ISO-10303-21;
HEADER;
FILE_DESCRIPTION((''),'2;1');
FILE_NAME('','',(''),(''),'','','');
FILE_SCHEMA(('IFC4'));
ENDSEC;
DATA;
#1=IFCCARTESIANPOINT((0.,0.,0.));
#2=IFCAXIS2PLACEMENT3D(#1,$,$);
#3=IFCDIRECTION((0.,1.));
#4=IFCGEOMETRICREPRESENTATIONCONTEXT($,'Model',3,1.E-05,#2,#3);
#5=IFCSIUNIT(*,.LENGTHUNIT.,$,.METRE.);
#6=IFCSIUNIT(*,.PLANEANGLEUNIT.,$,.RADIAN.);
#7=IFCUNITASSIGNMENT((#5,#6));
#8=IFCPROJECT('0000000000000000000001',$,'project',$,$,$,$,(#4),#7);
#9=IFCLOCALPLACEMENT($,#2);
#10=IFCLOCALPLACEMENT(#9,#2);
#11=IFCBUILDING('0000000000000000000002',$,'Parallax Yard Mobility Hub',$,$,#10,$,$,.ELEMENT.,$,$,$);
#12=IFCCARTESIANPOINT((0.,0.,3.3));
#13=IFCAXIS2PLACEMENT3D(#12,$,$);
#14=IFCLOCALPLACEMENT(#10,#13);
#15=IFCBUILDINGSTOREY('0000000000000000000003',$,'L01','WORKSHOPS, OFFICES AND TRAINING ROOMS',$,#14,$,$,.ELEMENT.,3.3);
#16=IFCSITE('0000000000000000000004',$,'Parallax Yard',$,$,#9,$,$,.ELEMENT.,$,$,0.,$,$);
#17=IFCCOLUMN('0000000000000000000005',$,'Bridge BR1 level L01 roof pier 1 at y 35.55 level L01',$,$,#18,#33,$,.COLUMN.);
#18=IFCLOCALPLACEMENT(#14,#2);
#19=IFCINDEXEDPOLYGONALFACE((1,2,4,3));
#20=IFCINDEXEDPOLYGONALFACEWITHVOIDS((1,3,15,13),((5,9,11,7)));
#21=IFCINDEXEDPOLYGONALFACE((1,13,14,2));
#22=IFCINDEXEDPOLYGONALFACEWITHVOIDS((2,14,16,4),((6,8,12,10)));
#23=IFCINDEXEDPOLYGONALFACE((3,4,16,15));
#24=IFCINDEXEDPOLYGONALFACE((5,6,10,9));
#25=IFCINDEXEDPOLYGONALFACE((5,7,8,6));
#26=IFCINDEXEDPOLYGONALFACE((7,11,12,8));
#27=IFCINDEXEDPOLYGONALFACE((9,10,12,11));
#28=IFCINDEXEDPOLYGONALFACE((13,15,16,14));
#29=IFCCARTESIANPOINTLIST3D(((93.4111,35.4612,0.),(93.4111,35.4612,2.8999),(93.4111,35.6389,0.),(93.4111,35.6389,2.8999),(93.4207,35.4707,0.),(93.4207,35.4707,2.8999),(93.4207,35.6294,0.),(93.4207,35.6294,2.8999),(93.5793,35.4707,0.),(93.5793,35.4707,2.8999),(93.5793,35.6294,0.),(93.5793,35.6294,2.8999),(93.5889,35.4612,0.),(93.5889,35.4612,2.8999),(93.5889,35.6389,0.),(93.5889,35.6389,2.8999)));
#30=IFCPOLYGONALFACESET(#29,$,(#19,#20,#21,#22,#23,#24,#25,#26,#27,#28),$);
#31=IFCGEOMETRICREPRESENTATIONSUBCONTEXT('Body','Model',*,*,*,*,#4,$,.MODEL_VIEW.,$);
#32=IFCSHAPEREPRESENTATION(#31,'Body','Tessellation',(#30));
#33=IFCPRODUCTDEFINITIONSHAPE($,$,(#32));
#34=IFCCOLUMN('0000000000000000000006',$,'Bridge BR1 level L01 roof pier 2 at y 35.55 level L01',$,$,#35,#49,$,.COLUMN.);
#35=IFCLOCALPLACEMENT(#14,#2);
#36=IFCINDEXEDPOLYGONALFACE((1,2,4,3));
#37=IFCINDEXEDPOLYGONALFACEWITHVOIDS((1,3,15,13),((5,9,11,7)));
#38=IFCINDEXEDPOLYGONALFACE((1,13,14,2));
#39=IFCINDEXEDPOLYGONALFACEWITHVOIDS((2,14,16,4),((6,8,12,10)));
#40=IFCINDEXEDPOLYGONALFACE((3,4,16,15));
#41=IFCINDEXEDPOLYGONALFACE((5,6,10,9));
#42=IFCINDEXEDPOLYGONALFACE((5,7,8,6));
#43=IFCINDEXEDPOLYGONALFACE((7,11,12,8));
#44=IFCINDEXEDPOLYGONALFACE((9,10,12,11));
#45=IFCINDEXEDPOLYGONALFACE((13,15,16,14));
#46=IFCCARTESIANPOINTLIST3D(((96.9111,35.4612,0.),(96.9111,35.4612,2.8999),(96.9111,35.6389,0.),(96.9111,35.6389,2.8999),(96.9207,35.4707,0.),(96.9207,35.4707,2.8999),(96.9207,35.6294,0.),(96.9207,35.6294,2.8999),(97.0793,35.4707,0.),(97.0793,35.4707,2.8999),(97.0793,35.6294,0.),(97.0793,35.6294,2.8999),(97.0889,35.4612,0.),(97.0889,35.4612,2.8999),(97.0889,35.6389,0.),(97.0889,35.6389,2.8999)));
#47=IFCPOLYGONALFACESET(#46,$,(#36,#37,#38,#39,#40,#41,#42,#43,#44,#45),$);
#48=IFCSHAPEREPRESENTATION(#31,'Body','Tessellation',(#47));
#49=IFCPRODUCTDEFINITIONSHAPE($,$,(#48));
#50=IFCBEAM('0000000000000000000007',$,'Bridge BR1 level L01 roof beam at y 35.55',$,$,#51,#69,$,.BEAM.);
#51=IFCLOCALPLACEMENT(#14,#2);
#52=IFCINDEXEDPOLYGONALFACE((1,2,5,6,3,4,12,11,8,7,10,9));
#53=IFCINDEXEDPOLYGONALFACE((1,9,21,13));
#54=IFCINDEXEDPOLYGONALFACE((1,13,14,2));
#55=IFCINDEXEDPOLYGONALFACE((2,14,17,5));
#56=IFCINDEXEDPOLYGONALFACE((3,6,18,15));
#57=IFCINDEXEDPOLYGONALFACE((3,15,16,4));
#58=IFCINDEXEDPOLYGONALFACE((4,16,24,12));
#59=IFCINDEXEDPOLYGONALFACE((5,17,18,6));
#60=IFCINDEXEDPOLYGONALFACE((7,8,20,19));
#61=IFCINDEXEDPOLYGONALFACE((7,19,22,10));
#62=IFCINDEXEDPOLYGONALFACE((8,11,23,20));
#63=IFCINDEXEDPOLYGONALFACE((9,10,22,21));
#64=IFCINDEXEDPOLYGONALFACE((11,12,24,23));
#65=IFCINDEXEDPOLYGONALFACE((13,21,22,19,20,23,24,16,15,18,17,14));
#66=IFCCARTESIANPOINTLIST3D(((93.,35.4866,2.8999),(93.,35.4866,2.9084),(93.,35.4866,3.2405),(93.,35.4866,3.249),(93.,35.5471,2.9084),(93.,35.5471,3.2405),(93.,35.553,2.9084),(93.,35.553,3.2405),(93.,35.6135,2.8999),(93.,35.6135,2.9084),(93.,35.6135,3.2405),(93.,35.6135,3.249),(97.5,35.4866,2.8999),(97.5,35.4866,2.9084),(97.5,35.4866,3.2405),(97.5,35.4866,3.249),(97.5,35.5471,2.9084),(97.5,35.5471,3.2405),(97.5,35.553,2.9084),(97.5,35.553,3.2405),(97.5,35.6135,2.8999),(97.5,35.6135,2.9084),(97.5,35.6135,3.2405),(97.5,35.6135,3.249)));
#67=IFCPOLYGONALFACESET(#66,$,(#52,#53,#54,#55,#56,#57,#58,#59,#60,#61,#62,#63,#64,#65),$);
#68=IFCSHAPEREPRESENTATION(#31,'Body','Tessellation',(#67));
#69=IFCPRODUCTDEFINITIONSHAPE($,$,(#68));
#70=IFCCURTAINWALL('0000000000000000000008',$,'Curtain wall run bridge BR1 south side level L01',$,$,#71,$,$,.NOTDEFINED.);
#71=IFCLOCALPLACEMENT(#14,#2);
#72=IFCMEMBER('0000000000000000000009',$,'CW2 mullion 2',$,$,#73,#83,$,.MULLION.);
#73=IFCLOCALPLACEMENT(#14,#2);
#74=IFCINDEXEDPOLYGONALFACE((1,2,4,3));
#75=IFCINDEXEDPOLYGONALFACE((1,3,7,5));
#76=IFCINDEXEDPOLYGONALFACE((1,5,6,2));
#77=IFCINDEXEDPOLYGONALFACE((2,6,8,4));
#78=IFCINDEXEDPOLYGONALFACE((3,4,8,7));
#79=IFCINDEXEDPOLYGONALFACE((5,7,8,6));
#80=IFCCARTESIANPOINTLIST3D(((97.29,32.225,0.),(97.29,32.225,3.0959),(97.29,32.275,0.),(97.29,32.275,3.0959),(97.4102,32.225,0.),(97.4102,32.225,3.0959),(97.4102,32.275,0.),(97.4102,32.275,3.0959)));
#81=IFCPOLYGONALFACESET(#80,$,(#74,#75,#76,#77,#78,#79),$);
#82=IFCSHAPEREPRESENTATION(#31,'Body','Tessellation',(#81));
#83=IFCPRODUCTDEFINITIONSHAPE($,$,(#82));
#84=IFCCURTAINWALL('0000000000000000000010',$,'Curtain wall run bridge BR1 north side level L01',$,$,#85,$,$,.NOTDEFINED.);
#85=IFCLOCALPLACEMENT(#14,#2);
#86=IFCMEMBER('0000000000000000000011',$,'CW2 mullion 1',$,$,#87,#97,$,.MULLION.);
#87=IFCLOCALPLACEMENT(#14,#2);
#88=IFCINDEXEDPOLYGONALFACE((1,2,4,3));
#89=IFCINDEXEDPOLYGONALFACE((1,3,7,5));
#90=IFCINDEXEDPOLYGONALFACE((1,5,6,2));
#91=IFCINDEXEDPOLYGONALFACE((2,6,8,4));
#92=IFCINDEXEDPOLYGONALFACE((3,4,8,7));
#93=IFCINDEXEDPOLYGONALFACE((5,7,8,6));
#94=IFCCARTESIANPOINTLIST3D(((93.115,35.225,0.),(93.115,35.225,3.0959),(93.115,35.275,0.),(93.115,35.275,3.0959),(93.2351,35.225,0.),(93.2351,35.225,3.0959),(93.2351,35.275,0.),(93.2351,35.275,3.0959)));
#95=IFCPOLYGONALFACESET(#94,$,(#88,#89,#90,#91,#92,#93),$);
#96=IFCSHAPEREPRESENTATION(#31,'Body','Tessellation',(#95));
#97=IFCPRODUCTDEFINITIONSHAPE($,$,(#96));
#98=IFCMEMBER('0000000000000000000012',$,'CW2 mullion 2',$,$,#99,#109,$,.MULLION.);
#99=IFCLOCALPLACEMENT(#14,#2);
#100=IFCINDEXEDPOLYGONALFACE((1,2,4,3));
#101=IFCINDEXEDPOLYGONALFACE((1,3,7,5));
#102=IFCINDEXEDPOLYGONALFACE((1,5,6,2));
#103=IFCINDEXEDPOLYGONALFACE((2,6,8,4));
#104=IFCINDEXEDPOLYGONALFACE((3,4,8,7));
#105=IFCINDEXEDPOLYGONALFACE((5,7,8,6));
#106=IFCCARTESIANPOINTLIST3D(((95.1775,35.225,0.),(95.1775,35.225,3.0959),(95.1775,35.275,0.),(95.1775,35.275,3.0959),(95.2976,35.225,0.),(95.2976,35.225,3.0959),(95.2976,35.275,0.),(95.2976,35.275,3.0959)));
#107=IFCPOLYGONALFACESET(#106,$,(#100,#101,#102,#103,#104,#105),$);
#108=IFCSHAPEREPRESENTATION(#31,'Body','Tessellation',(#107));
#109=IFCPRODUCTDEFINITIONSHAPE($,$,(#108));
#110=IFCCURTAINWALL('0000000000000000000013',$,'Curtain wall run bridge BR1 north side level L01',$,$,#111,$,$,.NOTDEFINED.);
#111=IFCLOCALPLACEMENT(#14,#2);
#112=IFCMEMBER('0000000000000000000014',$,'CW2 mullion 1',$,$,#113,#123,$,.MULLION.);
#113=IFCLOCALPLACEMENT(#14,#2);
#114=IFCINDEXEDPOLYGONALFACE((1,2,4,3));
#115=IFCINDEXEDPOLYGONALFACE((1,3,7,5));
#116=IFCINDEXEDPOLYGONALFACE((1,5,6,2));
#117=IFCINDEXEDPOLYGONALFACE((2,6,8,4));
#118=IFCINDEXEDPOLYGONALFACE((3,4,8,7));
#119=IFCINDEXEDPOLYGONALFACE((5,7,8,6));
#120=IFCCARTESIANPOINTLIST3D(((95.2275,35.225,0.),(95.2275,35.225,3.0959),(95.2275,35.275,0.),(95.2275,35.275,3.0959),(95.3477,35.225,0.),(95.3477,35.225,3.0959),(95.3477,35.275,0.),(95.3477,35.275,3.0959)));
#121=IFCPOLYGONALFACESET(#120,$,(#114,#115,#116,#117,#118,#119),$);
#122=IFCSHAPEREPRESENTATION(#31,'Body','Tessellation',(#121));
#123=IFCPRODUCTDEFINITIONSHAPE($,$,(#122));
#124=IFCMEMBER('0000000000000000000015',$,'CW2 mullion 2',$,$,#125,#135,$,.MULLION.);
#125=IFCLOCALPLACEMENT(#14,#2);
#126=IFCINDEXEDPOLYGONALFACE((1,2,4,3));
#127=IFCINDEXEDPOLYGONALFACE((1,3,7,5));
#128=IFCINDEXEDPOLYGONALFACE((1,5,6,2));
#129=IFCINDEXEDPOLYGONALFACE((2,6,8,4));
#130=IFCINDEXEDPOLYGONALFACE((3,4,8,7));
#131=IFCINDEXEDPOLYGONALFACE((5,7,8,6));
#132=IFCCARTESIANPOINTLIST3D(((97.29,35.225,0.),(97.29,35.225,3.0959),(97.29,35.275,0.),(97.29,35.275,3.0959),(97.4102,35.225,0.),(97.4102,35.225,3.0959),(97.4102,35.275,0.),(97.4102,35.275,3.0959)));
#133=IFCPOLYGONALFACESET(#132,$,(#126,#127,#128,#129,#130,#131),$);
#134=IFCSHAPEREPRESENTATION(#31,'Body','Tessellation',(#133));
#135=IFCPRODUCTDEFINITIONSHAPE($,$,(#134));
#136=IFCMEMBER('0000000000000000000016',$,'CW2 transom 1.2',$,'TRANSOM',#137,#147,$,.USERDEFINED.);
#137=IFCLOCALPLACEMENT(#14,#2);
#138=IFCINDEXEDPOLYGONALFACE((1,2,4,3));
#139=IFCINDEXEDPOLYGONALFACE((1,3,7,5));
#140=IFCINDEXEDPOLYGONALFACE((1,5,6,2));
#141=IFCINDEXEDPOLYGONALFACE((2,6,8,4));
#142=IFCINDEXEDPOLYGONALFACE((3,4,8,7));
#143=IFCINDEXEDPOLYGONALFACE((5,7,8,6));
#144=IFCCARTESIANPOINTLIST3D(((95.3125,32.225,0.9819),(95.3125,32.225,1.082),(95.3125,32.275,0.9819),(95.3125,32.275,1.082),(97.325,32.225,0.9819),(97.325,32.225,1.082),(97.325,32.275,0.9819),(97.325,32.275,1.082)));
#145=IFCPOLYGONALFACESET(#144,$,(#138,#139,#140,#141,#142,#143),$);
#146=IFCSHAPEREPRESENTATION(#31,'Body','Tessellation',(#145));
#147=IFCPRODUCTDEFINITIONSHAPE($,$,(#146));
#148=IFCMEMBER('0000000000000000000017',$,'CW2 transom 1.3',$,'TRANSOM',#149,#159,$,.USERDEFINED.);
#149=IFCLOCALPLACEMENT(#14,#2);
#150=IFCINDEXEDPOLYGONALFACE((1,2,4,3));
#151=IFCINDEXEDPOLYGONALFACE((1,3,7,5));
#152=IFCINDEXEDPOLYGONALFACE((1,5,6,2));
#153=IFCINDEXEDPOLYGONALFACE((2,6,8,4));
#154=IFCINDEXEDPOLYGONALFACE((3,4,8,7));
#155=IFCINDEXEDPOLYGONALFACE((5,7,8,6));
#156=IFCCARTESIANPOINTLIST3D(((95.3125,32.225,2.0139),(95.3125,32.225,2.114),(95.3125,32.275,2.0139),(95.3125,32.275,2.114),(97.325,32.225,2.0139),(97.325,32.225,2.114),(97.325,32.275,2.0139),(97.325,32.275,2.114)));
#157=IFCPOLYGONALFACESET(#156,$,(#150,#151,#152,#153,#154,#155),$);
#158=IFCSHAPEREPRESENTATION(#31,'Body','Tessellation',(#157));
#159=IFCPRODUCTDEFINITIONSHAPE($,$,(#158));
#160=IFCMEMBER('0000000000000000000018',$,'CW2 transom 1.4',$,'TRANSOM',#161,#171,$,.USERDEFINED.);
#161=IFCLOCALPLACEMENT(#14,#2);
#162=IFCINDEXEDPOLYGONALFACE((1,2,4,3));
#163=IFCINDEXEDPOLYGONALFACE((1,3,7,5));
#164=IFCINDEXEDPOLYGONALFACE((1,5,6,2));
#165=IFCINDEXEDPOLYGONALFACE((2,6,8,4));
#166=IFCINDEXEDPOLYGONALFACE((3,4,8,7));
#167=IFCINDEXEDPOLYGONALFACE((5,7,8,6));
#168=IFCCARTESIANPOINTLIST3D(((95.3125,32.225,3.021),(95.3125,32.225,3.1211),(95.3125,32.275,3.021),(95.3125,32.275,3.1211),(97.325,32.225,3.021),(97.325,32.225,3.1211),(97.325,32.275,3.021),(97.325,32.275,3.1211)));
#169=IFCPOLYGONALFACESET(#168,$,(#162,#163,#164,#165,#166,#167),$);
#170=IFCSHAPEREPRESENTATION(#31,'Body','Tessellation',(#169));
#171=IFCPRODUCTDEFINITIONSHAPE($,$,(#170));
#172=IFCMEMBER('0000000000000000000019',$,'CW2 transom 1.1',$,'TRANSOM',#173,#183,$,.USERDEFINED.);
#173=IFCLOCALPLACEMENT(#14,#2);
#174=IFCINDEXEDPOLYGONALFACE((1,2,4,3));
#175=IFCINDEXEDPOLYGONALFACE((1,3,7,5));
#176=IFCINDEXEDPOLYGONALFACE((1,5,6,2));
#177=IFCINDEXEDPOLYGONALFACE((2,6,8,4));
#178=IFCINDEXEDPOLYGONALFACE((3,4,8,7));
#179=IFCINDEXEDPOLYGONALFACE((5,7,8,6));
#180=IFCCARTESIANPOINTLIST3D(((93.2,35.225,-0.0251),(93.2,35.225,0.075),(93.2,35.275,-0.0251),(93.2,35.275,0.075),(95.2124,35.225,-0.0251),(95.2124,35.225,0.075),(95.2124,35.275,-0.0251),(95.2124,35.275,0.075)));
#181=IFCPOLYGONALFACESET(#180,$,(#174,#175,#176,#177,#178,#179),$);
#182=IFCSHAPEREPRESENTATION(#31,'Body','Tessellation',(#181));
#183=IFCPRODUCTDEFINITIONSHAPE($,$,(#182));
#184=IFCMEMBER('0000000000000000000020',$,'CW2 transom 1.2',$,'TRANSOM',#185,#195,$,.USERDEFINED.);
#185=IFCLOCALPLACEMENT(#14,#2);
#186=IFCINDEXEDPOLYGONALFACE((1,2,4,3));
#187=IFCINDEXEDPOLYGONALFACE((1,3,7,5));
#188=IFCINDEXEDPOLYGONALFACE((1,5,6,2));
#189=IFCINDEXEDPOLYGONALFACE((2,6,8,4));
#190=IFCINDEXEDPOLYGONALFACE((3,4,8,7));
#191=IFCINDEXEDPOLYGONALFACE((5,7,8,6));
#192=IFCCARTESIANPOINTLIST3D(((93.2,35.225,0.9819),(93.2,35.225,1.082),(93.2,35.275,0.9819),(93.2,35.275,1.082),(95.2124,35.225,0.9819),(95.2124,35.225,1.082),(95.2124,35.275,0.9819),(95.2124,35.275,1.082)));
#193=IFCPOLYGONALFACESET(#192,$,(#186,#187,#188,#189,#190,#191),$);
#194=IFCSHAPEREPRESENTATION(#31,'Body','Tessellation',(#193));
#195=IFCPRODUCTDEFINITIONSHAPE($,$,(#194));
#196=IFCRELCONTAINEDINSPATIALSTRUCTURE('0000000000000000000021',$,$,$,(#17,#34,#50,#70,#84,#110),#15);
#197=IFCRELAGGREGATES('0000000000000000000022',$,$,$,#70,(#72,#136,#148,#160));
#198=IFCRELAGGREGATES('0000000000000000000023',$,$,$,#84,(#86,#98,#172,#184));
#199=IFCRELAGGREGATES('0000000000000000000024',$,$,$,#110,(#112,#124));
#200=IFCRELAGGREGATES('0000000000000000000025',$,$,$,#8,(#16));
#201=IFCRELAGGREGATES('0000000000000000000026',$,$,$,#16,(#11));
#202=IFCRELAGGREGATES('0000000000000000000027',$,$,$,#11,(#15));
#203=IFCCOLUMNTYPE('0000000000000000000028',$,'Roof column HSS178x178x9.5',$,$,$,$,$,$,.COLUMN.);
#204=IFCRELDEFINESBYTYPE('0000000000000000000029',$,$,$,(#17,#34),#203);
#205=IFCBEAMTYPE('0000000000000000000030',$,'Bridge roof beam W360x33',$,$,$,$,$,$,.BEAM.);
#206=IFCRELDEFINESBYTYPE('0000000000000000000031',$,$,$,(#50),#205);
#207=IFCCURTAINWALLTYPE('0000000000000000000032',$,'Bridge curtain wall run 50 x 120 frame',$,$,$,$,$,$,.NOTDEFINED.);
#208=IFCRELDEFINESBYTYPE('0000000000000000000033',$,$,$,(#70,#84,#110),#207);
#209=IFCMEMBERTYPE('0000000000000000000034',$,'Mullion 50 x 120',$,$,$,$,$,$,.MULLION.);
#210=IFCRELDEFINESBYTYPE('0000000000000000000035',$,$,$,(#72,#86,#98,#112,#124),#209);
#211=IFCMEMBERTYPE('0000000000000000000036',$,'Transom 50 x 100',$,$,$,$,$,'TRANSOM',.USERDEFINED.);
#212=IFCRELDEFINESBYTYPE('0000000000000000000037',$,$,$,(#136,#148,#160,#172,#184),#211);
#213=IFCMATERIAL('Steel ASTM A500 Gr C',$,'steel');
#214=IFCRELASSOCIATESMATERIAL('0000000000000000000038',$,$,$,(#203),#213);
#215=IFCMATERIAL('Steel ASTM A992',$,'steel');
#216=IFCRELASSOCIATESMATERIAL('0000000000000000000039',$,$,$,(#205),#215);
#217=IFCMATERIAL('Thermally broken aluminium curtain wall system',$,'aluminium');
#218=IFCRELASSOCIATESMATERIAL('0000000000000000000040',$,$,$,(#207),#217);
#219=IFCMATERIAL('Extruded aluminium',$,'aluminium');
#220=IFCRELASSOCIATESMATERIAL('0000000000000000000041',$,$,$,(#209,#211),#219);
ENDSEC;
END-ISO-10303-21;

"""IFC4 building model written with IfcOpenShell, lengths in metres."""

from ifc_helpers import new_model, si_unit, direction, frame, origin, origin_2d, place, context, subcontext, project, spatial, rectangle, hollow_rectangle, i_section, extrude, material, material_profile, profile_set, type_object, element, aggregate, save


model = new_model("IFC4")

# Units and contexts
model_context = context("Model", 3, precision=1e-05, world=origin(), true_north=direction((0.0, 1.0)))
body_context = subcontext(model_context, "Body", "Model", "MODEL_VIEW")
ifc_project = project(units=[si_unit("LENGTHUNIT", "METRE"), si_unit("PLANEANGLEUNIT", "RADIAN")], contexts=[model_context])

# Site, building, storey
site_placement = place(None, origin())
site = spatial("IfcSite", under=ifc_project, at=site_placement, Name="Parallax Yard", CompositionType="ELEMENT", RefElevation=0.0)
building_placement = place(site_placement, origin())
building = spatial("IfcBuilding", under=site, at=building_placement, Name="Parallax Yard Mobility Hub", CompositionType="ELEMENT")
storey_placement = place(building_placement, frame((0.0, 0.0, 3.3)))
storey = spatial("IfcBuildingStorey", under=building, at=storey_placement, Name="L01", Description="WORKSHOPS, OFFICES AND TRAINING ROOMS", CompositionType="ELEMENT", Elevation=3.3)

# Columns
ifc_material_1 = material(Name="Steel ASTM A500 Gr C", Category="steel")
ifc_material_profile_1 = material_profile(ifc_material_1, hollow_rectangle(XDim=0.1777, YDim=0.1777, WallThickness=0.0095, at=origin_2d()), Name="HSS178x178x9.5")
ifc_profile_set_1 = profile_set([ifc_material_profile_1], Name="Steel ASTM A500 Gr C")
column_type = type_object("IfcColumnType", Name="Roof column HSS178x178x9.5", PredefinedType="COLUMN", material=ifc_profile_set_1)
for number, where, z_axis, x_axis, name in (
    (1, (93.5, 35.55, 0.0), (0.0, 0.0, 1.0), (1.0, 0.0, 0.0), "Bridge BR1 level L01 roof pier 1 at y 35.55 level L01"),
    (2, (97.0, 35.55, 0.0), (0.0, 0.0, 1.0), (1.0, 0.0, 0.0), "Bridge BR1 level L01 roof pier 2 at y 35.55 level L01"),
):
    element("IfcColumn", number, at=place(storey_placement, frame(where, z_axis=z_axis, x_axis=x_axis)), inside=storey, type_object=column_type, Name=name, PredefinedType="COLUMN", context=body_context, shape_type="SweptSolid", body=[
        extrude(hollow_rectangle(XDim=0.1777, YDim=0.1777, WallThickness=0.0095, at=origin_2d()), origin(), (0.0, 0.0, 1.0), 2.8999),
    ])

# Beam
ifc_material_2 = material(Name="Steel ASTM A992", Category="steel")
ifc_material_profile_2 = material_profile(ifc_material_2, i_section(OverallWidth=0.127, OverallDepth=0.3491, WebThickness=0.0059, FlangeThickness=0.0085, at=origin_2d()), Name="W360x33")
ifc_profile_set_2 = profile_set([ifc_material_profile_2], Name="Steel ASTM A992")
beam_type = type_object("IfcBeamType", Name="Bridge roof beam W360x33", PredefinedType="BEAM", material=ifc_profile_set_2)
beam_placement = place(storey_placement, frame((93.0, 35.55, 3.0745), z_axis=(1.0, 0.0, 0.0), x_axis=(0.0, 1.0, 0.0)))
element("IfcBeam", 3, at=beam_placement, inside=storey, type_object=beam_type, Name="Bridge BR1 level L01 roof beam at y 35.55", PredefinedType="BEAM", context=body_context, shape_type="SweptSolid", body=[
    extrude(i_section(OverallWidth=0.127, OverallDepth=0.3491, WebThickness=0.0059, FlangeThickness=0.0085, at=origin_2d()), origin(), (0.0, 0.0, 1.0), 4.5),
])

# Curtain wall, member
ifc_material_3 = material(Name="Thermally broken aluminium curtain wall system", Category="aluminium")
curtain_wall_type_1 = type_object("IfcCurtainWallType", Name="Bridge curtain wall run 50 x 120 frame", PredefinedType="NOTDEFINED", material=ifc_material_3)
curtain_wall_1_placement = place(storey_placement, origin())
curtain_wall_1 = element("IfcCurtainWall", 4, at=curtain_wall_1_placement, inside=storey, type_object=curtain_wall_type_1, Name="Curtain wall run bridge BR1 south side level L01", PredefinedType="NOTDEFINED")
ifc_material_4 = material(Name="Extruded aluminium", Category="aluminium")
ifc_material_profile_3 = material_profile(ifc_material_4, rectangle(XDim=0.05, YDim=0.1201, at=origin_2d()), Name="Mullion 50 x 120")
ifc_profile_set_3 = profile_set([ifc_material_profile_3], Name="Extruded aluminium")
member_type_1 = type_object("IfcMemberType", Name="Mullion 50 x 120", PredefinedType="MULLION", material=ifc_profile_set_3)
member_1_placement = place(storey_placement, frame((97.3501, 32.25, 0.0), z_axis=(0.0, 0.0, 1.0), x_axis=(0.0, 1.0, 0.0)))
member_1 = element("IfcMember", 5, at=member_1_placement, type_object=member_type_1, Name="CW2 mullion 2", PredefinedType="MULLION", context=body_context, shape_type="SweptSolid", body=[
    extrude(rectangle(XDim=0.05, YDim=0.1201, at=origin_2d()), origin(), (0.0, 0.0, 1.0), 3.0959),
])

# Curtain walls, members
curtain_wall_2_placement = place(storey_placement, origin())
curtain_wall_2 = element("IfcCurtainWall", 6, at=curtain_wall_2_placement, inside=storey, type_object=curtain_wall_type_1, Name="Curtain wall run bridge BR1 north side level L01", PredefinedType="NOTDEFINED")
member_2_placement = place(storey_placement, frame((93.175, 35.25, 0.0), z_axis=(0.0, 0.0, 1.0), x_axis=(0.0, 1.0, 0.0)))
member_2 = element("IfcMember", 7, at=member_2_placement, type_object=member_type_1, Name="CW2 mullion 1", PredefinedType="MULLION", context=body_context, shape_type="SweptSolid", body=[
    extrude(rectangle(XDim=0.05, YDim=0.1201, at=origin_2d()), origin(), (0.0, 0.0, 1.0), 3.0959),
])
member_3_placement = place(storey_placement, frame((95.2375, 35.25, 0.0), z_axis=(0.0, 0.0, 1.0), x_axis=(0.0, 1.0, 0.0)))
member_3 = element("IfcMember", 8, at=member_3_placement, type_object=member_type_1, Name="CW2 mullion 2", PredefinedType="MULLION", context=body_context, shape_type="SweptSolid", body=[
    extrude(rectangle(XDim=0.05, YDim=0.1201, at=origin_2d()), origin(), (0.0, 0.0, 1.0), 3.0959),
])
curtain_wall_3_placement = place(storey_placement, origin())
curtain_wall_3 = element("IfcCurtainWall", 9, at=curtain_wall_3_placement, inside=storey, type_object=curtain_wall_type_1, Name="Curtain wall run bridge BR1 north side level L01", PredefinedType="NOTDEFINED")
member_4_placement = place(storey_placement, frame((95.2876, 35.25, 0.0), z_axis=(0.0, 0.0, 1.0), x_axis=(0.0, 1.0, 0.0)))
member_4 = element("IfcMember", 10, at=member_4_placement, type_object=member_type_1, Name="CW2 mullion 1", PredefinedType="MULLION", context=body_context, shape_type="SweptSolid", body=[
    extrude(rectangle(XDim=0.05, YDim=0.1201, at=origin_2d()), origin(), (0.0, 0.0, 1.0), 3.0959),
])
member_5_placement = place(storey_placement, frame((97.3501, 35.25, 0.0), z_axis=(0.0, 0.0, 1.0), x_axis=(0.0, 1.0, 0.0)))
member_5 = element("IfcMember", 11, at=member_5_placement, type_object=member_type_1, Name="CW2 mullion 2", PredefinedType="MULLION", context=body_context, shape_type="SweptSolid", body=[
    extrude(rectangle(XDim=0.05, YDim=0.1201, at=origin_2d()), origin(), (0.0, 0.0, 1.0), 3.0959),
])

# Members
ifc_material_profile_4 = material_profile(ifc_material_4, rectangle(XDim=0.05, YDim=0.1001, at=origin_2d()), Name="Transom 50 x 100")
ifc_profile_set_4 = profile_set([ifc_material_profile_4], Name="Extruded aluminium")
member_type_2 = type_object("IfcMemberType", Name="Transom 50 x 100", ElementType="TRANSOM", PredefinedType="USERDEFINED", material=ifc_profile_set_4)
member_6_placement = place(storey_placement, frame((95.3125, 32.25, 1.032), z_axis=(1.0, 0.0, 0.0), x_axis=(0.0, 1.0, 0.0)))
member_6 = element("IfcMember", 12, at=member_6_placement, type_object=member_type_2, Name="CW2 transom 1.2", ObjectType="TRANSOM", PredefinedType="USERDEFINED", context=body_context, shape_type="SweptSolid", body=[
    extrude(rectangle(XDim=0.05, YDim=0.1001, at=origin_2d()), origin(), (0.0, 0.0, 1.0), 2.0125),
])
member_7_placement = place(storey_placement, frame((95.3125, 32.25, 2.064), z_axis=(1.0, 0.0, 0.0), x_axis=(0.0, 1.0, 0.0)))
member_7 = element("IfcMember", 13, at=member_7_placement, type_object=member_type_2, Name="CW2 transom 1.3", ObjectType="TRANSOM", PredefinedType="USERDEFINED", context=body_context, shape_type="SweptSolid", body=[
    extrude(rectangle(XDim=0.05, YDim=0.1001, at=origin_2d()), origin(), (0.0, 0.0, 1.0), 2.0125),
])
member_8_placement = place(storey_placement, frame((95.3125, 32.25, 3.071), z_axis=(1.0, 0.0, 0.0), x_axis=(0.0, 1.0, 0.0)))
member_8 = element("IfcMember", 14, at=member_8_placement, type_object=member_type_2, Name="CW2 transom 1.4", ObjectType="TRANSOM", PredefinedType="USERDEFINED", context=body_context, shape_type="SweptSolid", body=[
    extrude(rectangle(XDim=0.05, YDim=0.1001, at=origin_2d()), origin(), (0.0, 0.0, 1.0), 2.0125),
])
member_9_placement = place(storey_placement, frame((93.2, 35.25, 0.0249), z_axis=(1.0, 0.0, 0.0), x_axis=(0.0, 1.0, 0.0)))
member_9 = element("IfcMember", 15, at=member_9_placement, type_object=member_type_2, Name="CW2 transom 1.1", ObjectType="TRANSOM", PredefinedType="USERDEFINED", context=body_context, shape_type="SweptSolid", body=[
    extrude(rectangle(XDim=0.05, YDim=0.1001, at=origin_2d()), origin(), (0.0, 0.0, 1.0), 2.0125),
])
member_10_placement = place(storey_placement, frame((93.2, 35.25, 1.032), z_axis=(1.0, 0.0, 0.0), x_axis=(0.0, 1.0, 0.0)))
member_10 = element("IfcMember", 16, at=member_10_placement, type_object=member_type_2, Name="CW2 transom 1.2", ObjectType="TRANSOM", PredefinedType="USERDEFINED", context=body_context, shape_type="SweptSolid", body=[
    extrude(rectangle(XDim=0.05, YDim=0.1001, at=origin_2d()), origin(), (0.0, 0.0, 1.0), 2.0125),
])

aggregate(curtain_wall_1, [member_1, member_6, member_7, member_8])
aggregate(curtain_wall_2, [member_2, member_3, member_9, member_10])
aggregate(curtain_wall_3, [member_4, member_5])

save(model, "model.ifc")
